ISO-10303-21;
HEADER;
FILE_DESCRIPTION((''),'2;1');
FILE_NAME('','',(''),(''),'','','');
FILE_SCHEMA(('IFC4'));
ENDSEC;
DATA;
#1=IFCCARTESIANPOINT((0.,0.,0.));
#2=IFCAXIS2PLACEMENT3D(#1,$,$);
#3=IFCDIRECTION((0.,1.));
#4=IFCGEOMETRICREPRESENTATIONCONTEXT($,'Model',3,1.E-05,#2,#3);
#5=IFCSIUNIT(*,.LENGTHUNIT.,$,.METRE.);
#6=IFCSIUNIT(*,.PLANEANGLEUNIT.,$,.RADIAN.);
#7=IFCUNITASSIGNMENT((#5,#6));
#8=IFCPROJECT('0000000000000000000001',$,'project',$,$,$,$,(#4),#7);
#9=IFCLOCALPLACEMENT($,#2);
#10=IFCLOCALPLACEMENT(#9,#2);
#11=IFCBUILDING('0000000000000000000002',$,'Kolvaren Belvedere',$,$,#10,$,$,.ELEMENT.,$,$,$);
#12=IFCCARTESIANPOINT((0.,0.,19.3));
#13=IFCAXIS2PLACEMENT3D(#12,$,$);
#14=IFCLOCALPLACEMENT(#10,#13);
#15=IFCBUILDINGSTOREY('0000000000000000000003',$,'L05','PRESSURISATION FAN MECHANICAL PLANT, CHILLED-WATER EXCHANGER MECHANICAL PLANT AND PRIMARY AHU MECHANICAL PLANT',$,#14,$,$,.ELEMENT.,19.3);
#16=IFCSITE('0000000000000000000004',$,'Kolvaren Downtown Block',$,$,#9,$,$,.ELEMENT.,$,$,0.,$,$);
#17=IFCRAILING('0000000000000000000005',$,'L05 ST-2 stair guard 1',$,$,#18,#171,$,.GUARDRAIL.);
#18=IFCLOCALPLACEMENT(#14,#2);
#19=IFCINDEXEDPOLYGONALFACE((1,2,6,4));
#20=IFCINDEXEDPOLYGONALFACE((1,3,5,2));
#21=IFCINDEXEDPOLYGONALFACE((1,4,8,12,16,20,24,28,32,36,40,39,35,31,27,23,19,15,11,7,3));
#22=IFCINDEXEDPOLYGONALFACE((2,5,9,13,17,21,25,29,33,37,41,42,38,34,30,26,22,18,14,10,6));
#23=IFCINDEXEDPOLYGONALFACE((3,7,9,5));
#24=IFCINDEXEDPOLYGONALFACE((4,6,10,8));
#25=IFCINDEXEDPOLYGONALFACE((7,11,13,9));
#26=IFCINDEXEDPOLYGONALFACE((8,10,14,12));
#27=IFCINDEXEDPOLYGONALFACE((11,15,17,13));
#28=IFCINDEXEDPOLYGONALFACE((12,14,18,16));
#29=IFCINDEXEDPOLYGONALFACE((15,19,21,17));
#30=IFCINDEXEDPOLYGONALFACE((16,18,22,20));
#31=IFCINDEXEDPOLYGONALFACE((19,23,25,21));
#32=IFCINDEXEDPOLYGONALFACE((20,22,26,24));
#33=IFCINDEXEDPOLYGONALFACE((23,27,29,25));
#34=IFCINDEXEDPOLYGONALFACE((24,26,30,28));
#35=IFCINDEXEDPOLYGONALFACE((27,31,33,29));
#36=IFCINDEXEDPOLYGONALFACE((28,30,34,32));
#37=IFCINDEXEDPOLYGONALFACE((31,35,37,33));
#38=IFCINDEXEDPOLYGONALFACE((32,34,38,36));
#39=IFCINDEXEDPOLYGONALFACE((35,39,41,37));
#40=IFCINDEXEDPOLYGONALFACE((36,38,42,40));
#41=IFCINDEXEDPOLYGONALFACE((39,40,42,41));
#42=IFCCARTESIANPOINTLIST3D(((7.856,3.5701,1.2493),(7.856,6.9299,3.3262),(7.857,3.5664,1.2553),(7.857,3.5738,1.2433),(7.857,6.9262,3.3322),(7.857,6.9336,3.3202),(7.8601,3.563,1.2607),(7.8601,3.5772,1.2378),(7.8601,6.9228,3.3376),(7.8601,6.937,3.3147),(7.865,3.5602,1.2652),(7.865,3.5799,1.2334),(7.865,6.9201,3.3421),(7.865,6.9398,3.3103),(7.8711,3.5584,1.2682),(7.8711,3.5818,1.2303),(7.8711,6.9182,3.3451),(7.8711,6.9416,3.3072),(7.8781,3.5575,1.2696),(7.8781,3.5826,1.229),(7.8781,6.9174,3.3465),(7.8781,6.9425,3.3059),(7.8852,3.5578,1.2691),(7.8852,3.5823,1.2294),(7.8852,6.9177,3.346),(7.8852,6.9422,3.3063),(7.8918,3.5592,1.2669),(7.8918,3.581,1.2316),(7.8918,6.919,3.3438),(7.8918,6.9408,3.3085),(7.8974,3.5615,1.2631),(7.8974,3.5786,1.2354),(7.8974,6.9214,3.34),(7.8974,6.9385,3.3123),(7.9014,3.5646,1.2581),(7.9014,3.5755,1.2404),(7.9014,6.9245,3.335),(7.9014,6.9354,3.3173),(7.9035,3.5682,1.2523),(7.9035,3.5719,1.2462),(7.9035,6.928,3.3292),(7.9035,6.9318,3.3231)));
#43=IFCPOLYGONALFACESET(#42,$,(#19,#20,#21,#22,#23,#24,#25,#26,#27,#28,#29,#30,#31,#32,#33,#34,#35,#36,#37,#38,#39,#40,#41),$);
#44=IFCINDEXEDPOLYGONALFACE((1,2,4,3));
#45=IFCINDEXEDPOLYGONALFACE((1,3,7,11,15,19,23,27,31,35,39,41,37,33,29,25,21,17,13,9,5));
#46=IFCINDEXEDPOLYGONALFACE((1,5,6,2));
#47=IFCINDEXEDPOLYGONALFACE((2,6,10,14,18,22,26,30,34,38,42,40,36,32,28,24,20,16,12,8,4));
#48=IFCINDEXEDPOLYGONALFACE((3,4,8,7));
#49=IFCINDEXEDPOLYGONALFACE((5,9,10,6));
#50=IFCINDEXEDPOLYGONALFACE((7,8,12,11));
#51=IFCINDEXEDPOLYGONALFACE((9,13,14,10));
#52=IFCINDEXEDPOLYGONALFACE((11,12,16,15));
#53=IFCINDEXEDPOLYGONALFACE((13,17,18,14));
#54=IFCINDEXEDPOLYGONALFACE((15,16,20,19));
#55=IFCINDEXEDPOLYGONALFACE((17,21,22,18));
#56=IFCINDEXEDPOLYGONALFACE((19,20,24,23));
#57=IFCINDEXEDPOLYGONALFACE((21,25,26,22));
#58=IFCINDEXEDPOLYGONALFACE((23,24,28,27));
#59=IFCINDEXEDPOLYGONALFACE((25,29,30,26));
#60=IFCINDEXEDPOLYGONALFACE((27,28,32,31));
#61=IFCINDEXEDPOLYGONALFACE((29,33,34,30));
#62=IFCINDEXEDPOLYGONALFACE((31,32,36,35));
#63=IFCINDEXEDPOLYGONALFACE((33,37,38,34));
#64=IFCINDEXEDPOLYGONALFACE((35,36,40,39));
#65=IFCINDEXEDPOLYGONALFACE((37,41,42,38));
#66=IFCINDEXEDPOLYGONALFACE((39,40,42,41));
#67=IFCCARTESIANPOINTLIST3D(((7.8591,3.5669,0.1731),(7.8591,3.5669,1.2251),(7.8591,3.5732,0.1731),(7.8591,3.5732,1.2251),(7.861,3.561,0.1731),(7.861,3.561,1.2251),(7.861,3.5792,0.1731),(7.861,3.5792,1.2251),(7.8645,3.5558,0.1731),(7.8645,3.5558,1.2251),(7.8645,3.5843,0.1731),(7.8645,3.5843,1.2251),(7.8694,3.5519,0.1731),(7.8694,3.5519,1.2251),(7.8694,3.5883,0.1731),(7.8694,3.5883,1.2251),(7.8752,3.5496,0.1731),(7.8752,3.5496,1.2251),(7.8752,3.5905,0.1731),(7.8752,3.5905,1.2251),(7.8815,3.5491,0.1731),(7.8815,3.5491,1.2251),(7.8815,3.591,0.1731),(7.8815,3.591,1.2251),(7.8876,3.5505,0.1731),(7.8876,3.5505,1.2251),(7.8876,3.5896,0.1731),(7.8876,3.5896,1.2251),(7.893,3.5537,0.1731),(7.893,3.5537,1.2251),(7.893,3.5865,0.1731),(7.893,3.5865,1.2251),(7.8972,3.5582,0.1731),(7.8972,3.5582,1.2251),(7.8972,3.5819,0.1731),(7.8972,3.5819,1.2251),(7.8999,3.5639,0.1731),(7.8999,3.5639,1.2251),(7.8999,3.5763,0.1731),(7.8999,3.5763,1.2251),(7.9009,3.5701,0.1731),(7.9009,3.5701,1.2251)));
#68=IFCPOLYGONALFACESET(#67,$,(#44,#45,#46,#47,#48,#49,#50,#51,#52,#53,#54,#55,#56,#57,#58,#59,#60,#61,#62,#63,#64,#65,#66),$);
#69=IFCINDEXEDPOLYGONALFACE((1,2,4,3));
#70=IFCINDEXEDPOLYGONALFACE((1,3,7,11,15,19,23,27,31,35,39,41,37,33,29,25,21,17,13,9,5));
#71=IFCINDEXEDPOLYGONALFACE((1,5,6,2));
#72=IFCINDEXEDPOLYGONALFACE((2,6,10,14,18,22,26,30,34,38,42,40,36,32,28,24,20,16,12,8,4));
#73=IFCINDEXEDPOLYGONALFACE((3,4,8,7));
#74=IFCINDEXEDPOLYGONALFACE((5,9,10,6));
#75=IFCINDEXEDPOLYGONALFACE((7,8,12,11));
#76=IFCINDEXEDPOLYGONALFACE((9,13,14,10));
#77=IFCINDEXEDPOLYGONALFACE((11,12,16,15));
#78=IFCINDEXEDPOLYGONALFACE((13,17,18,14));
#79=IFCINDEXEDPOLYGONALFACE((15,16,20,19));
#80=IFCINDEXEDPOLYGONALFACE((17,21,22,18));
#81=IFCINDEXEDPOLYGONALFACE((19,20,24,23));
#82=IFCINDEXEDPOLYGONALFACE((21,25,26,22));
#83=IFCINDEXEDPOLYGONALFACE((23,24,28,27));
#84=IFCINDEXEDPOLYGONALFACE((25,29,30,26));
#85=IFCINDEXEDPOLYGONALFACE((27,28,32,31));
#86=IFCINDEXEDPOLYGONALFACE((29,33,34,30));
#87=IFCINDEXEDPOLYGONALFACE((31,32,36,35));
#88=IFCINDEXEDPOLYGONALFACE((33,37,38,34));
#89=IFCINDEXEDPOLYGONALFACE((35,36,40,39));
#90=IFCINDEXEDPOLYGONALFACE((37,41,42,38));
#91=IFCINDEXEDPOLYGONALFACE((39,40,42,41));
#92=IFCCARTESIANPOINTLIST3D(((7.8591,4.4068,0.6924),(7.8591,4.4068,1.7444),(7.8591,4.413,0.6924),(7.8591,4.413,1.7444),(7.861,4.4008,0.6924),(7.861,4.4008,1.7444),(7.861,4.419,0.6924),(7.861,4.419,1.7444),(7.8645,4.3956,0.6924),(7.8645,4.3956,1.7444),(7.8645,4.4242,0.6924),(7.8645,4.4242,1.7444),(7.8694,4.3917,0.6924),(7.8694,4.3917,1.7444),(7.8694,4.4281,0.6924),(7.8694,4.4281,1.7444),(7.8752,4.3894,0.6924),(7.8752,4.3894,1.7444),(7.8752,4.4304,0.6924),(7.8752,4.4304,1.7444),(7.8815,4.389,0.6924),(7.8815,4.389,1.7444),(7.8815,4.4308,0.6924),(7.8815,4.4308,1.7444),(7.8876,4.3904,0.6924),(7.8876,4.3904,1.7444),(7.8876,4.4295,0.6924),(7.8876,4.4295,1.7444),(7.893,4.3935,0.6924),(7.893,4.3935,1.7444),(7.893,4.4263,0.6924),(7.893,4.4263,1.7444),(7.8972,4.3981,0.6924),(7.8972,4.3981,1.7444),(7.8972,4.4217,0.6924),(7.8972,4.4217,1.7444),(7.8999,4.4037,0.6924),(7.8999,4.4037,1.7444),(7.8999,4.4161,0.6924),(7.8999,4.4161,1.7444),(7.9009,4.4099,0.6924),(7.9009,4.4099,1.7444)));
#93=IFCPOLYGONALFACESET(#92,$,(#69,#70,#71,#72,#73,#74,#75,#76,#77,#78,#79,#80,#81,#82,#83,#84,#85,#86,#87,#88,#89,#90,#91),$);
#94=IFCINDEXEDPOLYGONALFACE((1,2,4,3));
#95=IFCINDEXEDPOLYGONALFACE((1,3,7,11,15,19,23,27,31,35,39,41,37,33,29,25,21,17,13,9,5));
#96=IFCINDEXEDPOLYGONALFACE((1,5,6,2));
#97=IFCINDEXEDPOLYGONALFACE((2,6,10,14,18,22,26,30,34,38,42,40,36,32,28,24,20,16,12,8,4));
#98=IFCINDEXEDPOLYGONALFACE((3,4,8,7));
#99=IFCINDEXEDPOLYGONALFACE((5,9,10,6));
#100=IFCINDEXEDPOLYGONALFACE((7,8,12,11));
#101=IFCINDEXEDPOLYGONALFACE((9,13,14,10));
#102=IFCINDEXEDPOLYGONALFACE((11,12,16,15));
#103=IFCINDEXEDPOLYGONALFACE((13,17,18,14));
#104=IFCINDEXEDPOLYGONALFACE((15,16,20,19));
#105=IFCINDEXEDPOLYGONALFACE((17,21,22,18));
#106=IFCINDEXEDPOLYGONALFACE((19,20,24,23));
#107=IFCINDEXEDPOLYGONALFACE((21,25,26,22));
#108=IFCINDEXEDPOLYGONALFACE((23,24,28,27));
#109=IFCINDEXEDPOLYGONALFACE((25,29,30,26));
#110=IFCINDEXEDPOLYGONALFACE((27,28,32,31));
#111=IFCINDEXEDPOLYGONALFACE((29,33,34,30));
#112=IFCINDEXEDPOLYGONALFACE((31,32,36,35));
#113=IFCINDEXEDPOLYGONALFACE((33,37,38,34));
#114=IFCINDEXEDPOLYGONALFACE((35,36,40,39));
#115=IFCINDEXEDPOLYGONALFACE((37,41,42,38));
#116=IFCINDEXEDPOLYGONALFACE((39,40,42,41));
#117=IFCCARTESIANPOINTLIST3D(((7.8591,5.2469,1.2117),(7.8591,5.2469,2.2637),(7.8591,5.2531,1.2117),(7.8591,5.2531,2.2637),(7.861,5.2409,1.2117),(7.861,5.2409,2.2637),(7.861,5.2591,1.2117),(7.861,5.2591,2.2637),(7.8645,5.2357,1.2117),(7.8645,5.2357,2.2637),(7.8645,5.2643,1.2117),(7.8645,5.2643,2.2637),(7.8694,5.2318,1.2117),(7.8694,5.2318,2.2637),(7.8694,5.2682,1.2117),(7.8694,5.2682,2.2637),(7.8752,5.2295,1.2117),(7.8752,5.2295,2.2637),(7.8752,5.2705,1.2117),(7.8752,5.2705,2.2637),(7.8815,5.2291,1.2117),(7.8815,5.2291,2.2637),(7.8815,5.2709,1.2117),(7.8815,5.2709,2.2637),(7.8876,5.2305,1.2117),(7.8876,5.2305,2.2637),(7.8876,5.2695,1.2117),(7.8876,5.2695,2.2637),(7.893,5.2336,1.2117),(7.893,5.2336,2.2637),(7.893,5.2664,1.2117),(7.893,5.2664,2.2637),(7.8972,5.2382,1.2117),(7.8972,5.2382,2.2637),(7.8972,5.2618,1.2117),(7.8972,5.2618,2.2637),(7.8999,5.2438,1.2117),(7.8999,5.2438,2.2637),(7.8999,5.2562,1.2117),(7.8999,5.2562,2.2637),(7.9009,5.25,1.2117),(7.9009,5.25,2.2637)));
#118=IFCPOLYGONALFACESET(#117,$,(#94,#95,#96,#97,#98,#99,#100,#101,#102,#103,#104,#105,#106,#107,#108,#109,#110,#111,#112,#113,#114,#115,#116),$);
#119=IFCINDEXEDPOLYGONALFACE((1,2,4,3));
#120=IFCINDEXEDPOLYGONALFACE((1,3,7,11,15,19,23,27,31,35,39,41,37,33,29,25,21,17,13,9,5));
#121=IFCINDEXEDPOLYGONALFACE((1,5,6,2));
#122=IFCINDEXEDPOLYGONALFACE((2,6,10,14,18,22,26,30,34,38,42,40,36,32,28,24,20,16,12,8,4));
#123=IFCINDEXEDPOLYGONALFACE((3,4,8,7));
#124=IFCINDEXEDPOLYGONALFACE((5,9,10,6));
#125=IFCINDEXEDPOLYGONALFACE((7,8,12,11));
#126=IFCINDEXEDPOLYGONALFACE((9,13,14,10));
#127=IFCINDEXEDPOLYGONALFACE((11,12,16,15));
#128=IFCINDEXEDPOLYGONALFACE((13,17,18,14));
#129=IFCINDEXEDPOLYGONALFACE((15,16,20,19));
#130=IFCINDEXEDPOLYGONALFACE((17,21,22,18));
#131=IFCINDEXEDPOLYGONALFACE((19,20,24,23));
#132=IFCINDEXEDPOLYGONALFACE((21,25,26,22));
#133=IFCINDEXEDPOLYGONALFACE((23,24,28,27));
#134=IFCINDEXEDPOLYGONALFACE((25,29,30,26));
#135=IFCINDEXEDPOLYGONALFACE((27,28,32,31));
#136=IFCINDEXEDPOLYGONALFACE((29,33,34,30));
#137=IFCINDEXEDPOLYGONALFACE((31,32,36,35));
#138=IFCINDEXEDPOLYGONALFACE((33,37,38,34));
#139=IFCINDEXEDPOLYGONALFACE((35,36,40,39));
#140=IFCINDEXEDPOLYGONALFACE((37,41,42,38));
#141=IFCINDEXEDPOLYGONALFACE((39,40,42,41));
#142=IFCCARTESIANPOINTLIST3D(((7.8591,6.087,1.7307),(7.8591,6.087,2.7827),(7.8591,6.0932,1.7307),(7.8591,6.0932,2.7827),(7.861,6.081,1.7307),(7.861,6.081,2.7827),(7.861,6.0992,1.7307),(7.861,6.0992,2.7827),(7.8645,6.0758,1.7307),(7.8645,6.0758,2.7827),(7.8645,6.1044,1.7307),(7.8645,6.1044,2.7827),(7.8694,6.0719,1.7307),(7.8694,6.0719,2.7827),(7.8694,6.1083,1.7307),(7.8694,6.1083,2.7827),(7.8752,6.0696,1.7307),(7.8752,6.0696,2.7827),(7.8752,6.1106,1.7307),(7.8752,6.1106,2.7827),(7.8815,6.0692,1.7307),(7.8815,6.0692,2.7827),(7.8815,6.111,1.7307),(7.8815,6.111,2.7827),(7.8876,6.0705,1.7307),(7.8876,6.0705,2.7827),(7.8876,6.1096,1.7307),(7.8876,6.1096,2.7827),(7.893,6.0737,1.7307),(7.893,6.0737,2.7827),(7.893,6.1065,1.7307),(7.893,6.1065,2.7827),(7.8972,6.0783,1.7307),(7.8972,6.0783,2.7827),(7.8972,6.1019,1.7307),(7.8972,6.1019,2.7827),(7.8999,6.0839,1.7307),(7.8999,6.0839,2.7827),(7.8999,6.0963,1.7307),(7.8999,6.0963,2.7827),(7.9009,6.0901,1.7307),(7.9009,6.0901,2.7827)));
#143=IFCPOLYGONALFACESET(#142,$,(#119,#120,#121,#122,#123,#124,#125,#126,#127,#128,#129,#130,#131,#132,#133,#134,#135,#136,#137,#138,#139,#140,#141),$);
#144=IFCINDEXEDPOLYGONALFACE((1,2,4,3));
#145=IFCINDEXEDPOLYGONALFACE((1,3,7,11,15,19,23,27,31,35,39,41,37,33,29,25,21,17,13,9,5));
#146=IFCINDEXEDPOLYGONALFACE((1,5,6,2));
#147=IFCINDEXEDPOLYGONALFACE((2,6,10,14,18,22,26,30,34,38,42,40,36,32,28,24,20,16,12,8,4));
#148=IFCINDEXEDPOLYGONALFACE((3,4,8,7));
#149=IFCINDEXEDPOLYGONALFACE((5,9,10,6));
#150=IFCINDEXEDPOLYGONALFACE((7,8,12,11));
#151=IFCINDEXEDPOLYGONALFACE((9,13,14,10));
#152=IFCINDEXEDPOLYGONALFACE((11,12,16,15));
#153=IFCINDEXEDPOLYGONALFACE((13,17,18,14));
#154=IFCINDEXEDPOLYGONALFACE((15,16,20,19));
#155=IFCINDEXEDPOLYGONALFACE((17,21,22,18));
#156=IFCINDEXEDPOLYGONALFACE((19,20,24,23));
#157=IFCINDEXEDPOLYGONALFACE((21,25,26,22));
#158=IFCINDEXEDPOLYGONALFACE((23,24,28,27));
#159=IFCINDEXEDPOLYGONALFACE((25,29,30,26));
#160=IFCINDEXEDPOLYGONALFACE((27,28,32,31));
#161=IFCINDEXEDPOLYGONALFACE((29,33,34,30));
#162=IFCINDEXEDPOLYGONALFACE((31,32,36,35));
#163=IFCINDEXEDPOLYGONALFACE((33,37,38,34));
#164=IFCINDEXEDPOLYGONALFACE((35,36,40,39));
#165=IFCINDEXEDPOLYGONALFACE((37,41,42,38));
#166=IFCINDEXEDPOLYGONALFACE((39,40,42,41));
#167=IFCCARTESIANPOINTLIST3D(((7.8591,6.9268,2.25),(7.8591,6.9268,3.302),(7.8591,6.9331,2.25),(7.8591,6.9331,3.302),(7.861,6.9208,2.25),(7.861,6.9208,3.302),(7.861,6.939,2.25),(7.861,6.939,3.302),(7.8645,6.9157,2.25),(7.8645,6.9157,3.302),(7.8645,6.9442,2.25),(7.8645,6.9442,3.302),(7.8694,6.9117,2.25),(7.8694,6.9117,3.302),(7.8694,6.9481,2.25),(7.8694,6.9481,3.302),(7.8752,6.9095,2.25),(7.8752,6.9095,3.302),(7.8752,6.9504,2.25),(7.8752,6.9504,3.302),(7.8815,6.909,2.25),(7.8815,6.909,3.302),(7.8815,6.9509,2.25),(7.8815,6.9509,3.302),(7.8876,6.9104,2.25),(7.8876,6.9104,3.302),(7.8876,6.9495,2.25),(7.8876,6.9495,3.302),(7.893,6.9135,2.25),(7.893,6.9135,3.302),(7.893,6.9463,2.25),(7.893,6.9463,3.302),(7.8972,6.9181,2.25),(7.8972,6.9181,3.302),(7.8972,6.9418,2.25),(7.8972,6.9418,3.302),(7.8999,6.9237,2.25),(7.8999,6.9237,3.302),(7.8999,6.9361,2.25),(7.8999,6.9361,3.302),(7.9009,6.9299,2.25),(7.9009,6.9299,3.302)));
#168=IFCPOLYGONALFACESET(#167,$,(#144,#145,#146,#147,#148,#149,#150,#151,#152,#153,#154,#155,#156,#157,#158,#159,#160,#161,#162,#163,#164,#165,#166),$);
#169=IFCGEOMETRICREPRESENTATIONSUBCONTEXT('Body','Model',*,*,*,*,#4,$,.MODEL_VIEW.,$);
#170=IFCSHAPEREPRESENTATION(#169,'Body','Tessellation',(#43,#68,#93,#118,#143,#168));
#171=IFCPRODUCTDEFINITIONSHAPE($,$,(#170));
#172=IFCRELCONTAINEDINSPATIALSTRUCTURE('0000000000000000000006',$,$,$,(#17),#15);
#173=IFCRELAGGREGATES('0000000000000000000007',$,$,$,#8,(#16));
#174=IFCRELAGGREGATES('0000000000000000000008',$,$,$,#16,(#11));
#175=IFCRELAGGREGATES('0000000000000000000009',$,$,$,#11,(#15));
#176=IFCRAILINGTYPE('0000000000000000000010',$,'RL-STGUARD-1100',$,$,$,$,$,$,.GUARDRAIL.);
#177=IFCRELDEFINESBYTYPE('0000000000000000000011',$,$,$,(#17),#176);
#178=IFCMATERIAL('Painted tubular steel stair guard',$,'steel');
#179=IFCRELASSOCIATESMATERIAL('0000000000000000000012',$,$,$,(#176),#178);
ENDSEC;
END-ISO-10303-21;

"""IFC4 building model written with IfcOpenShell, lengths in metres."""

from ifc_helpers import new_model, si_unit, direction, frame, origin, origin_2d, place, context, subcontext, project, spatial, circle, extrude, material, type_object, element, save


model = new_model("IFC4")

# Units and contexts
model_context = context("Model", 3, precision=1e-05, world=origin(), true_north=direction((0.0, 1.0)))
body_context = subcontext(model_context, "Body", "Model", "MODEL_VIEW")
ifc_project = project(units=[si_unit("LENGTHUNIT", "METRE"), si_unit("PLANEANGLEUNIT", "RADIAN")], contexts=[model_context])

# Site, building, storey
site_placement = place(None, origin())
site = spatial("IfcSite", under=ifc_project, at=site_placement, Name="Kolvaren Downtown Block", CompositionType="ELEMENT", RefElevation=0.0)
building_placement = place(site_placement, origin())
building = spatial("IfcBuilding", under=site, at=building_placement, Name="Kolvaren Belvedere", CompositionType="ELEMENT")
storey_placement = place(building_placement, frame((0.0, 0.0, 19.3)))
storey = spatial("IfcBuildingStorey", under=building, at=storey_placement, Name="L05", Description="PRESSURISATION FAN MECHANICAL PLANT, CHILLED-WATER EXCHANGER MECHANICAL PLANT AND PRIMARY AHU MECHANICAL PLANT", CompositionType="ELEMENT", Elevation=19.3)

# Railing
ifc_material_1 = material(Name="Painted tubular steel stair guard", Category="steel")
railing_type_1 = type_object("IfcRailingType", Name="RL-STGUARD-1100", PredefinedType="GUARDRAIL", material=ifc_material_1)
railing_1_placement = place(storey_placement, frame((7.8799, 3.5701, 0.1731)))
element("IfcRailing", 1, at=railing_1_placement, inside=storey, type_object=railing_type_1, Name="L05 ST-2 stair guard 1", PredefinedType="GUARDRAIL", context=body_context, shape_type="SweptSolid", body=[
    extrude(circle(Radius=0.0239, at=origin_2d()), frame((0.0, 0.0, 1.0762), z_axis=(0.0, 0.850606, 0.525803), x_axis=(-1.0, 0.0, 0.0)), (0.0, 0.0, 1.0), 3.95),
    extrude(circle(Radius=0.021, at=origin_2d()), origin(), (0.0, 0.0, 1.0), 1.052),
    extrude(circle(Radius=0.021, at=origin_2d()), frame((0.0, 0.8398, 0.5193)), (0.0, 0.0, 1.0), 1.052),
    extrude(circle(Radius=0.021, at=origin_2d()), frame((0.0, 1.6799, 1.0386)), (0.0, 0.0, 1.0), 1.052),
    extrude(circle(Radius=0.021, at=origin_2d()), frame((0.0, 2.52, 1.5576)), (0.0, 0.0, 1.0), 1.052),
    extrude(circle(Radius=0.021, at=origin_2d()), frame((0.0, 3.3599, 2.0769)), (0.0, 0.0, 1.0), 1.052),
])

save(model, "model.ifc")
